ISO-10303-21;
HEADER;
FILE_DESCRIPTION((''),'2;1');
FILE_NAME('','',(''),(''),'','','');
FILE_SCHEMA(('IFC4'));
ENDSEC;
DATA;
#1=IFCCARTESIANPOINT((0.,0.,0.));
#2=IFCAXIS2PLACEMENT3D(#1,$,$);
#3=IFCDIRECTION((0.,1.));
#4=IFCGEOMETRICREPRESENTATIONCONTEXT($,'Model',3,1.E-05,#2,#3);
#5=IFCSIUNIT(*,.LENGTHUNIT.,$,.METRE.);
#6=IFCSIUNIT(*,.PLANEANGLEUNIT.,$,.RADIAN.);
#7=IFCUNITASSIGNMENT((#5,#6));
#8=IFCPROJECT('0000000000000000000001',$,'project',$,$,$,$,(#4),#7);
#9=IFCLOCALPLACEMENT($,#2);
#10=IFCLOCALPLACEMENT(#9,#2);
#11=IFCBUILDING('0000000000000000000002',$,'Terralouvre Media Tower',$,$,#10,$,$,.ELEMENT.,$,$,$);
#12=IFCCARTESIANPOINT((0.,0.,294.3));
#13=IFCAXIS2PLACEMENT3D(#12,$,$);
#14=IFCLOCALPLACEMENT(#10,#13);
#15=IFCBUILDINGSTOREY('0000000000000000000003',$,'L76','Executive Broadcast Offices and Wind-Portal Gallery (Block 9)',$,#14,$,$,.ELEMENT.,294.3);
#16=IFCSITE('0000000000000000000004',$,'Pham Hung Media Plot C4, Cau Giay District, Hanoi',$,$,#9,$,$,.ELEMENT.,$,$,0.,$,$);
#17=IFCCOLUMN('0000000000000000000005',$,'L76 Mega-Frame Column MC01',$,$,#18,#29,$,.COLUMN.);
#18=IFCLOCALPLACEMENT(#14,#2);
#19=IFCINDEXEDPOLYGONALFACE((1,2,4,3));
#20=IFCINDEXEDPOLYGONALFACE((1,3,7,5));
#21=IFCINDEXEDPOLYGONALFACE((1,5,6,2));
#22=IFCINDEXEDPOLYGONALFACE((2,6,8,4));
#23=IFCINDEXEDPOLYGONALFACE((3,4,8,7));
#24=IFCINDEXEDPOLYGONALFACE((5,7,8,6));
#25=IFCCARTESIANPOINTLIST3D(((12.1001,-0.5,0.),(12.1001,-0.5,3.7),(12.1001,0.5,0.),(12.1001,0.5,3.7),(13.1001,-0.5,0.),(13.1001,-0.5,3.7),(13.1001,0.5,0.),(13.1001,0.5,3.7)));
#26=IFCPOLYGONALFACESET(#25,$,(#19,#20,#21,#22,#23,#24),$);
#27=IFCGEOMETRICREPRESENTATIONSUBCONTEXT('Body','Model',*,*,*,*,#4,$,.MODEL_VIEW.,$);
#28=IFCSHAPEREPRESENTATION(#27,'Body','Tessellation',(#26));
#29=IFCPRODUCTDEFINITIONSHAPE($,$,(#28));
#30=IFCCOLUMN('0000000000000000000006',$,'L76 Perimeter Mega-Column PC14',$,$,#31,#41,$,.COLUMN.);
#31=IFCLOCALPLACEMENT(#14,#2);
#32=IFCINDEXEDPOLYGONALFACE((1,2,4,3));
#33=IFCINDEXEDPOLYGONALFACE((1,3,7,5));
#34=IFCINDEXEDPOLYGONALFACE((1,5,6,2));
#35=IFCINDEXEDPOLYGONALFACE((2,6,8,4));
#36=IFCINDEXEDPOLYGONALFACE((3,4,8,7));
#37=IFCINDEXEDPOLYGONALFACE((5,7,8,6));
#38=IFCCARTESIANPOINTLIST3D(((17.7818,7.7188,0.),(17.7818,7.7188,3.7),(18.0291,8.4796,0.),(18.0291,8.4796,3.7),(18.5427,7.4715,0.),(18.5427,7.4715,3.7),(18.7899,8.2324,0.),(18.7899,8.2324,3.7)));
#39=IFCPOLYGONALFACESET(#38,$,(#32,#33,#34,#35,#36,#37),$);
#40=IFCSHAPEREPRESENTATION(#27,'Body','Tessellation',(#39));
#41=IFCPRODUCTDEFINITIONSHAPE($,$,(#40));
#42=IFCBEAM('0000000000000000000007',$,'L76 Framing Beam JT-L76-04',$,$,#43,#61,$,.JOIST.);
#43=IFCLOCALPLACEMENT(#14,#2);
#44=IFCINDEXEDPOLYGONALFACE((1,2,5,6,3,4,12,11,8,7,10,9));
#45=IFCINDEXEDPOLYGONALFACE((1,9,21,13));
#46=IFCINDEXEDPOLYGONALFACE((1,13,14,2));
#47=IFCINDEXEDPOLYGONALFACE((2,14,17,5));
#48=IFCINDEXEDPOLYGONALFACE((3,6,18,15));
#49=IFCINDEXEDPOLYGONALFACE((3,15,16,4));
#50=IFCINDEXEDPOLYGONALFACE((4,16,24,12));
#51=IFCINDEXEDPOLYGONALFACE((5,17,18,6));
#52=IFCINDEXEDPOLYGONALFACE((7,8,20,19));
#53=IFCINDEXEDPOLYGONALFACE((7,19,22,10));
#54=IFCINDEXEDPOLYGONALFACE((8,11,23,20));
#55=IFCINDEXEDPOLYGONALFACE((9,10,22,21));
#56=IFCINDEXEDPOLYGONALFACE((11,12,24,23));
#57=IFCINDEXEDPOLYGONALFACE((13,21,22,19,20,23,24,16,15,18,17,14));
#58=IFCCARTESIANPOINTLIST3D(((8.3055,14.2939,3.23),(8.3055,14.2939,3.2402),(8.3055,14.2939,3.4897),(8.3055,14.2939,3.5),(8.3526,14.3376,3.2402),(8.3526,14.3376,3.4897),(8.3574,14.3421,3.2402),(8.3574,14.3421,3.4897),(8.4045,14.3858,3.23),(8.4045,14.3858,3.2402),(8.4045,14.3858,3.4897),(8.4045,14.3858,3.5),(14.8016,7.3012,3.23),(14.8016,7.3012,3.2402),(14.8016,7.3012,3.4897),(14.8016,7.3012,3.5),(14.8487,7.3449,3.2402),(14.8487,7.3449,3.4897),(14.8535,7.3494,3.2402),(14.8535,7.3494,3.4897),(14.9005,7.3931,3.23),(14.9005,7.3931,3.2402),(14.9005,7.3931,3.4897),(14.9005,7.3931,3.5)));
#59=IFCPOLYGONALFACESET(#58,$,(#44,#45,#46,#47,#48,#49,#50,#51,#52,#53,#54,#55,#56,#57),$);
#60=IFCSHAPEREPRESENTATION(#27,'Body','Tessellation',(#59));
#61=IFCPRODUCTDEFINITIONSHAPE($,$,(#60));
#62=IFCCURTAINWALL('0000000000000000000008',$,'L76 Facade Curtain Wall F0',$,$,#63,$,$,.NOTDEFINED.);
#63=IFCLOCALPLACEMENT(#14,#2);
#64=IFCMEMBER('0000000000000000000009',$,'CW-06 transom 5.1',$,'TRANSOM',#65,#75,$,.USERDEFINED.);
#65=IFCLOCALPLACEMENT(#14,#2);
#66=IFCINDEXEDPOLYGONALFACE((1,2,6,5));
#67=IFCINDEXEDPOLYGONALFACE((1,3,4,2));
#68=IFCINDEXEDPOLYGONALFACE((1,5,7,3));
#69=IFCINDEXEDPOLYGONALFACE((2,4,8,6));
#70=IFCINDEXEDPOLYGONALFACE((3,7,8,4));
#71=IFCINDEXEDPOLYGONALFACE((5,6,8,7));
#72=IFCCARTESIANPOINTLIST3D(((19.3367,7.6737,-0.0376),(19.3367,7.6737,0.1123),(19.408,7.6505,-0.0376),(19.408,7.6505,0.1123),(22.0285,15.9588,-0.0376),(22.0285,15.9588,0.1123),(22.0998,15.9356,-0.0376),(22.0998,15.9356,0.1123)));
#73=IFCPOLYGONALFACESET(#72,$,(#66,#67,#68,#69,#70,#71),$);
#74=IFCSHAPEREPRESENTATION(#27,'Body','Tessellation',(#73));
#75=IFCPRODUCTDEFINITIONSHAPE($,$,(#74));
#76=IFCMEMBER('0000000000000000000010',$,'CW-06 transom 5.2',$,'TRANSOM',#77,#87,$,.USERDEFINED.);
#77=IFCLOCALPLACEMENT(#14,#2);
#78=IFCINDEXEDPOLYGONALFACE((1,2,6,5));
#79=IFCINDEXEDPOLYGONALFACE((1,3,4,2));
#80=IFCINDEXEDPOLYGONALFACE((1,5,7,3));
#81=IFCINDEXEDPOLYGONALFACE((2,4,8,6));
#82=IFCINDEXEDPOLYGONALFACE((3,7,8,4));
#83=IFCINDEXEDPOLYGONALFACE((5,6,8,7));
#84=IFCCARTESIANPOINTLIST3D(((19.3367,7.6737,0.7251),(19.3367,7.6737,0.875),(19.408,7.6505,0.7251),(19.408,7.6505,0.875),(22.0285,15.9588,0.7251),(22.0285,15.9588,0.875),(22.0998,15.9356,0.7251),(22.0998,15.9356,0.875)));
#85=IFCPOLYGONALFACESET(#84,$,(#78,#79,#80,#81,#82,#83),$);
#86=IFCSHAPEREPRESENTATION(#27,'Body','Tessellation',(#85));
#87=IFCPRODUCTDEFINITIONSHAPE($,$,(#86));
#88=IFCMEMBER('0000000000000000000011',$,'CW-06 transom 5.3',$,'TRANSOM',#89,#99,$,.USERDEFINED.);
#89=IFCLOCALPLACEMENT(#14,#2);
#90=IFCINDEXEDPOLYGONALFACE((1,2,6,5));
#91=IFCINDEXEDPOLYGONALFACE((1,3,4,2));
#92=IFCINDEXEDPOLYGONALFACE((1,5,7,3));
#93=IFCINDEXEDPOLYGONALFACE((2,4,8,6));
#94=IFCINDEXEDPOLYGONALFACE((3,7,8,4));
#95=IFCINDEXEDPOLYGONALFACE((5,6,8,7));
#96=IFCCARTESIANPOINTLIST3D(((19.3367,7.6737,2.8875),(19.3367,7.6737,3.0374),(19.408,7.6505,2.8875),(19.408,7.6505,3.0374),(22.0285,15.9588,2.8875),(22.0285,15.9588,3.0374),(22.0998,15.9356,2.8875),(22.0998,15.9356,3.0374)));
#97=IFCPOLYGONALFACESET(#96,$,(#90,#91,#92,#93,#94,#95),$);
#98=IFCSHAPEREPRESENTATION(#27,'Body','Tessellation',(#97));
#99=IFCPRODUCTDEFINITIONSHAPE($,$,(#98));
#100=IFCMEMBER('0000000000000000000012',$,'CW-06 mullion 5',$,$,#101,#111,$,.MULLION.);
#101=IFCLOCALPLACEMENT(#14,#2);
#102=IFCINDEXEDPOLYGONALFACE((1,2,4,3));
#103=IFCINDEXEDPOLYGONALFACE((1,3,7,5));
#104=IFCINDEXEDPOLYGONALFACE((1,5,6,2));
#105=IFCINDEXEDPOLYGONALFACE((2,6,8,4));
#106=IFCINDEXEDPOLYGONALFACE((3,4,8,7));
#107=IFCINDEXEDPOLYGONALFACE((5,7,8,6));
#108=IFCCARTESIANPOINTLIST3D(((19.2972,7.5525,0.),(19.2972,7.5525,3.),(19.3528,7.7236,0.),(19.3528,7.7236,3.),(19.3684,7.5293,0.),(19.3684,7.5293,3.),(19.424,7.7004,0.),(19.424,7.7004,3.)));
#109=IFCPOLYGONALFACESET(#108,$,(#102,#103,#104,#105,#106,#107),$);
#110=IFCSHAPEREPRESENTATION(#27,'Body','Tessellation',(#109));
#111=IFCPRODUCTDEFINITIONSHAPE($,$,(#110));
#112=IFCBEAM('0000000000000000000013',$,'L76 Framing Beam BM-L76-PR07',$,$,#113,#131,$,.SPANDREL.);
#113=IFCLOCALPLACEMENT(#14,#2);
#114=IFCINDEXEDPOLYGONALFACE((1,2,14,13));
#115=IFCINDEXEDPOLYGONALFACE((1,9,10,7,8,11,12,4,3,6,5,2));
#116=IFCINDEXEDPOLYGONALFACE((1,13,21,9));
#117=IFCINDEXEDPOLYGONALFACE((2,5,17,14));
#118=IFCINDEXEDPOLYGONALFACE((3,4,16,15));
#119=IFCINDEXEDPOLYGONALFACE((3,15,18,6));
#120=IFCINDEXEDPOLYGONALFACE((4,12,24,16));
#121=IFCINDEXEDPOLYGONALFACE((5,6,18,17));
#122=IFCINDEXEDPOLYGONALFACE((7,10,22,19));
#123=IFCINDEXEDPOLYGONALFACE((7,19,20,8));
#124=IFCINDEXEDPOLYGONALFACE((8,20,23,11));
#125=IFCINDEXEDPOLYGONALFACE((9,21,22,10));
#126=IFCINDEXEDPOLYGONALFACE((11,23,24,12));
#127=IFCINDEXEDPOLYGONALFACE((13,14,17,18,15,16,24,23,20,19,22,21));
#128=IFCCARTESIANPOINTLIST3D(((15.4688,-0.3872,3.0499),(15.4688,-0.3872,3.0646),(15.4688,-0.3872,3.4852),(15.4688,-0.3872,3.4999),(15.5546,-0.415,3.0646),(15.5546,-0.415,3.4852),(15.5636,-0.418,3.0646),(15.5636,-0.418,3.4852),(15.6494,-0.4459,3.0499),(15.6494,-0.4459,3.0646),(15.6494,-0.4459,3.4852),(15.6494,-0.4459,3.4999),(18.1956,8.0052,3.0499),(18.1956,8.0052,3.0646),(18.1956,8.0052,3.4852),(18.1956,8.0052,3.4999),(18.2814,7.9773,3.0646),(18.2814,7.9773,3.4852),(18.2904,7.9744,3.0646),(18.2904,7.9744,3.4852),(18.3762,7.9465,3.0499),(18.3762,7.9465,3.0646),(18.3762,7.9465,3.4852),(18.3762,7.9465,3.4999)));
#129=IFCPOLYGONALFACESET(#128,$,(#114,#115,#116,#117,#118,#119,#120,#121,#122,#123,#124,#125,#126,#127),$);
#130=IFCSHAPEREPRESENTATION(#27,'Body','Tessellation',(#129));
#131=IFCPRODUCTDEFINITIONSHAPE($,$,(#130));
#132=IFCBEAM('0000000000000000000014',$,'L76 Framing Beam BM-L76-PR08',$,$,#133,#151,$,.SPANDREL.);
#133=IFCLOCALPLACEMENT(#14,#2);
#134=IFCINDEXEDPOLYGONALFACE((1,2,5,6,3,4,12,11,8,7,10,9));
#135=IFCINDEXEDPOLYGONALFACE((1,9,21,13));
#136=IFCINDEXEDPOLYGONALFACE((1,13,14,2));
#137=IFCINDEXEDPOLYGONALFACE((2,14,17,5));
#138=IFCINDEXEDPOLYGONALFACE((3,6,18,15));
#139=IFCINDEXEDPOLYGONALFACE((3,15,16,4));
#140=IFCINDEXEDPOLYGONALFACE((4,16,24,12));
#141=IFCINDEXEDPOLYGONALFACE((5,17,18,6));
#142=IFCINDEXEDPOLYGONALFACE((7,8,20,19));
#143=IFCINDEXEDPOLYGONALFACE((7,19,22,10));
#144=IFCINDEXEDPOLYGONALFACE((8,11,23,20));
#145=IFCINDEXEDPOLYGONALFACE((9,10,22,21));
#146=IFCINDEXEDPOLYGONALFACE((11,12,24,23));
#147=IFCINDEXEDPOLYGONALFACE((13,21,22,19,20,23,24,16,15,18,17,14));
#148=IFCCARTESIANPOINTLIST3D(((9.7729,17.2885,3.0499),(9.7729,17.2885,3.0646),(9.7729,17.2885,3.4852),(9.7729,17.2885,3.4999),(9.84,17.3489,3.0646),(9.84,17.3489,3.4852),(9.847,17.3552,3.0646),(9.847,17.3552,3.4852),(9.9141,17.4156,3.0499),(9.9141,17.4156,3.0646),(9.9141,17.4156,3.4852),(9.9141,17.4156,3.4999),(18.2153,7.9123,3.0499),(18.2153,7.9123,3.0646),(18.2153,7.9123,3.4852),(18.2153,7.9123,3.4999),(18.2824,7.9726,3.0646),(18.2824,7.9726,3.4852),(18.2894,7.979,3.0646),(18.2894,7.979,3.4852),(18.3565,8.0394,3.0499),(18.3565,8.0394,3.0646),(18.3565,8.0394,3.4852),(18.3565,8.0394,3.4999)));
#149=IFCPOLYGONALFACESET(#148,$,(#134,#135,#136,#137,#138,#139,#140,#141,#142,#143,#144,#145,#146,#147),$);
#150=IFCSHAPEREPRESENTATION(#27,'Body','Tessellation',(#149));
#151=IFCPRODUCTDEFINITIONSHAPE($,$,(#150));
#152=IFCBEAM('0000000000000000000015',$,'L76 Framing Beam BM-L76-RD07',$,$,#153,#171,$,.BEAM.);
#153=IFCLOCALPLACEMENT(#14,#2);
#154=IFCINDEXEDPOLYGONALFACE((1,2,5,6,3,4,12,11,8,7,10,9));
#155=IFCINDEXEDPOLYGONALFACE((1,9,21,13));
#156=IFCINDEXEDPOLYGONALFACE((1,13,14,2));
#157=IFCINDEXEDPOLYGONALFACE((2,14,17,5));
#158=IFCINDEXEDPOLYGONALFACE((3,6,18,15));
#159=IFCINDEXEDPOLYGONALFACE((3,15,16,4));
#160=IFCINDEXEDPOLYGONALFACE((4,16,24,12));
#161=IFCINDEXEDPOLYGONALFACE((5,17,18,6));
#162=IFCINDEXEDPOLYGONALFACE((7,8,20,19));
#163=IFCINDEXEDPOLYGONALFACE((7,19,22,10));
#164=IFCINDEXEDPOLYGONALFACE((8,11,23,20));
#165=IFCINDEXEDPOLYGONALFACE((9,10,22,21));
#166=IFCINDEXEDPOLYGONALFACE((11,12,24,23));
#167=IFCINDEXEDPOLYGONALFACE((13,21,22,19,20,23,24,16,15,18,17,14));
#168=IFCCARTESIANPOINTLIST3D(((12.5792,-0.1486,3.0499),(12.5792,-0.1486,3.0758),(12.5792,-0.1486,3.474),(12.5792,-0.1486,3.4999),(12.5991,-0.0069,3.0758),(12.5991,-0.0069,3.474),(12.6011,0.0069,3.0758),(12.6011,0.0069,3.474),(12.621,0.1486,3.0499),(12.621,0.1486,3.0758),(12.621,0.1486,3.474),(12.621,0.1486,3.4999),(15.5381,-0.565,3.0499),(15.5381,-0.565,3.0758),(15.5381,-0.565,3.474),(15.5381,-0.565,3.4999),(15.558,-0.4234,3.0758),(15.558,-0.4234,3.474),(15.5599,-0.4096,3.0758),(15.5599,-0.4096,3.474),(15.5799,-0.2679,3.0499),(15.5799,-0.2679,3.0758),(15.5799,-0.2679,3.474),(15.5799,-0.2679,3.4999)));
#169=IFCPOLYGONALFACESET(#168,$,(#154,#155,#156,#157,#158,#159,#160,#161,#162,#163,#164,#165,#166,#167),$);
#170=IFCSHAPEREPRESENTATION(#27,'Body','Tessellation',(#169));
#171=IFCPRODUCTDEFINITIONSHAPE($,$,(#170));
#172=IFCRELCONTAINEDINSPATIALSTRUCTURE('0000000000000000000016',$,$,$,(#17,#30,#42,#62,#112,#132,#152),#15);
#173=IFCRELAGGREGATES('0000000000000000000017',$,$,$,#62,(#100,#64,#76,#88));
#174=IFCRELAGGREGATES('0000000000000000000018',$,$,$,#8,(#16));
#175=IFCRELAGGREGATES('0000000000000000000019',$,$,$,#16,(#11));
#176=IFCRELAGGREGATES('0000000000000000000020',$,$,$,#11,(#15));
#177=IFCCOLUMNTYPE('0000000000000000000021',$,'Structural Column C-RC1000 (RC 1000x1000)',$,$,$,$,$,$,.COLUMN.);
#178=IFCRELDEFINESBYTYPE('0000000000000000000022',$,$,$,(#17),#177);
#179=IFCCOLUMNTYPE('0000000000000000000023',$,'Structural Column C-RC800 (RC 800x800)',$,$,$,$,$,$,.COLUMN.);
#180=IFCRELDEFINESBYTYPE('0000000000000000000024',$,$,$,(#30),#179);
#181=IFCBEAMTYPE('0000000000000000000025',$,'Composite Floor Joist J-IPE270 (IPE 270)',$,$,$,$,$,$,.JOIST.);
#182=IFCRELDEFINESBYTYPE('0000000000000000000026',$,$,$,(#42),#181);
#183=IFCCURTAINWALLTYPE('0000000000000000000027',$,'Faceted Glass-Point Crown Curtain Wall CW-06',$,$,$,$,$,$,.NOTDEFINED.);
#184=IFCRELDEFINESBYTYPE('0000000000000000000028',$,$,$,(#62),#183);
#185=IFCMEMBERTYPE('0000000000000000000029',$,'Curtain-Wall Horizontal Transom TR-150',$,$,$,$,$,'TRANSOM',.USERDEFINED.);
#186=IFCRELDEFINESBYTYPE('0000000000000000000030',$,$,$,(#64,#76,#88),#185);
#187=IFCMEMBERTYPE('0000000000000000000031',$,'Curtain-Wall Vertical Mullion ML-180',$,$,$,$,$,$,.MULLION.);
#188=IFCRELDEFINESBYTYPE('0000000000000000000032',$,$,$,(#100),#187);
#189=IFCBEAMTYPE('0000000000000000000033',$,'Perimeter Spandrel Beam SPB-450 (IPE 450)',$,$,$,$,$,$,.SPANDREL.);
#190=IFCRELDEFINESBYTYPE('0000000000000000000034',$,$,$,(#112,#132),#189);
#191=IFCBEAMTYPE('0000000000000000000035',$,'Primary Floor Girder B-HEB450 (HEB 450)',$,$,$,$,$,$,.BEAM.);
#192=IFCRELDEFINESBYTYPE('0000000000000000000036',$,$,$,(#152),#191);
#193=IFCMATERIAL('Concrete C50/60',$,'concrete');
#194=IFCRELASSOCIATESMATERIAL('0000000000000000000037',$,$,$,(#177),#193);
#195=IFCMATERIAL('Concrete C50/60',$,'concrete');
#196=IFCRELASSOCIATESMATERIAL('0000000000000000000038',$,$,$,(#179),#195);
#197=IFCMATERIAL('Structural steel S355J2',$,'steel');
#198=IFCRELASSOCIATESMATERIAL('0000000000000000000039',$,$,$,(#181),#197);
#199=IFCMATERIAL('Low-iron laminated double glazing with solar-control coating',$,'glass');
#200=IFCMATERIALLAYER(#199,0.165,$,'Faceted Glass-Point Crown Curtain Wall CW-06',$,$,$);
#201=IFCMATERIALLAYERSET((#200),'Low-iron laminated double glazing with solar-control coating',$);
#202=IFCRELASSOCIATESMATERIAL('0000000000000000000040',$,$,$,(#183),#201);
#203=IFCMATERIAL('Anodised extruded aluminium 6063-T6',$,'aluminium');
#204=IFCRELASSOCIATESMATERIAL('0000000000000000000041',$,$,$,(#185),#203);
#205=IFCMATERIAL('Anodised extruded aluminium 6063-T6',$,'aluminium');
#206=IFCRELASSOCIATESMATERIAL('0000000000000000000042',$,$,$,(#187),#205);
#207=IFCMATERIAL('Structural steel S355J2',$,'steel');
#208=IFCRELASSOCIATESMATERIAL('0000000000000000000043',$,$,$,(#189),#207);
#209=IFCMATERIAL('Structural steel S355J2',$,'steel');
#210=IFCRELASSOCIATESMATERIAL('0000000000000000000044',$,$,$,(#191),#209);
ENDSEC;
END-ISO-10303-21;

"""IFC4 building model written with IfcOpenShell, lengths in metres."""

from ifc_helpers import new_model, si_unit, direction, frame, origin, origin_2d, place, context, subcontext, project, spatial, rectangle, i_section, extrude, material, layer, layer_set, material_profile, profile_set, type_object, element, aggregate, save


model = new_model("IFC4")

# Units and contexts
model_context = context("Model", 3, precision=1e-05, world=origin(), true_north=direction((0.0, 1.0)))
body_context = subcontext(model_context, "Body", "Model", "MODEL_VIEW")
ifc_project = project(units=[si_unit("LENGTHUNIT", "METRE"), si_unit("PLANEANGLEUNIT", "RADIAN")], contexts=[model_context])

# Site, building, storey
site_placement = place(None, origin())
site = spatial("IfcSite", under=ifc_project, at=site_placement, Name="Pham Hung Media Plot C4, Cau Giay District, Hanoi", CompositionType="ELEMENT", RefElevation=0.0)
building_placement = place(site_placement, origin())
building = spatial("IfcBuilding", under=site, at=building_placement, Name="Terralouvre Media Tower", CompositionType="ELEMENT")
storey_placement = place(building_placement, frame((0.0, 0.0, 294.3)))
storey = spatial("IfcBuildingStorey", under=building, at=storey_placement, Name="L76", Description="Executive Broadcast Offices and Wind-Portal Gallery (Block 9)", CompositionType="ELEMENT", Elevation=294.3)

# Columns
ifc_material_1 = material(Name="Concrete C50/60", Category="concrete")
ifc_material_profile_1 = material_profile(ifc_material_1, rectangle(XDim=1.0, YDim=1.0, at=origin_2d()), Name="RC 1000x1000")
ifc_profile_set_1 = profile_set([ifc_material_profile_1], Name="Concrete C50/60")
column_type_1 = type_object("IfcColumnType", Name="Structural Column C-RC1000 (RC 1000x1000)", PredefinedType="COLUMN", material=ifc_profile_set_1)
column_1_placement = place(storey_placement, frame((12.6001, 0.0, 0.0), z_axis=(0.0, 0.0, 1.0), x_axis=(1.0, 0.0, 0.0)))
element("IfcColumn", 1, at=column_1_placement, inside=storey, type_object=column_type_1, Name="L76 Mega-Frame Column MC01", PredefinedType="COLUMN", context=body_context, shape_type="SweptSolid", body=[
    extrude(rectangle(XDim=1.0, YDim=1.0, at=origin_2d()), origin(), (0.0, 0.0, 1.0), 3.7),
])
ifc_material_2 = material(Name="Concrete C50/60", Category="concrete")
ifc_material_profile_2 = material_profile(ifc_material_2, rectangle(XDim=0.8, YDim=0.8, at=origin_2d()), Name="RC 800x800")
ifc_profile_set_2 = profile_set([ifc_material_profile_2], Name="Concrete C50/60")
column_type_2 = type_object("IfcColumnType", Name="Structural Column C-RC800 (RC 800x800)", PredefinedType="COLUMN", material=ifc_profile_set_2)
column_2_placement = place(storey_placement, frame((18.2859, 7.9756, 0.0), z_axis=(0.0, 0.0, 1.0), x_axis=(0.309017, 0.951057, 0.0)))
element("IfcColumn", 2, at=column_2_placement, inside=storey, type_object=column_type_2, Name="L76 Perimeter Mega-Column PC14", PredefinedType="COLUMN", context=body_context, shape_type="SweptSolid", body=[
    extrude(rectangle(XDim=0.8, YDim=0.8, at=origin_2d()), origin(), (0.0, 0.0, 1.0), 3.7),
])

# Beam
ifc_material_3 = material(Name="Structural steel S355J2", Category="steel")
ifc_material_profile_3 = material_profile(ifc_material_3, i_section(OverallWidth=0.135, OverallDepth=0.27, WebThickness=0.0066, FlangeThickness=0.0103, at=origin_2d()), Name="IPE 270")
ifc_profile_set_3 = profile_set([ifc_material_profile_3], Name="Structural steel S355J2")
beam_type_1 = type_object("IfcBeamType", Name="Composite Floor Joist J-IPE270 (IPE 270)", PredefinedType="JOIST", material=ifc_profile_set_3)
beam_1_placement = place(storey_placement, frame((14.8511, 7.3472, 3.365), z_axis=(-0.680614, 0.732642, 0.0), x_axis=(-0.732642, -0.680614, 0.0)))
element("IfcBeam", 3, at=beam_1_placement, inside=storey, type_object=beam_type_1, Name="L76 Framing Beam JT-L76-04", PredefinedType="JOIST", context=body_context, shape_type="SweptSolid", body=[
    extrude(i_section(OverallWidth=0.135, OverallDepth=0.27, WebThickness=0.0066, FlangeThickness=0.0103, at=origin_2d()), origin(), (0.0, 0.0, 1.0), 9.5444),
])

# Curtain wall, members
ifc_material_4 = material(Name="Low-iron laminated double glazing with solar-control coating", Category="glass")
ifc_layer_1 = layer(ifc_material_4, 0.165, Name="Faceted Glass-Point Crown Curtain Wall CW-06")
ifc_layer_set_1 = layer_set([ifc_layer_1], Name="Low-iron laminated double glazing with solar-control coating")
curtain_wall_type = type_object("IfcCurtainWallType", Name="Faceted Glass-Point Crown Curtain Wall CW-06", PredefinedType="NOTDEFINED", material=ifc_layer_set_1)
curtain_wall_placement = place(storey_placement, origin())
curtain_wall = element("IfcCurtainWall", 4, at=curtain_wall_placement, inside=storey, type_object=curtain_wall_type, Name="L76 Facade Curtain Wall F0", PredefinedType="NOTDEFINED")
ifc_material_5 = material(Name="Anodised extruded aluminium 6063-T6", Category="aluminium")
ifc_material_profile_4 = material_profile(ifc_material_5, rectangle(XDim=0.075, YDim=0.1499, at=origin_2d()), Name="ALU 75x150")
ifc_profile_set_4 = profile_set([ifc_material_profile_4], Name="Anodised extruded aluminium 6063-T6")
member_type_1 = type_object("IfcMemberType", Name="Curtain-Wall Horizontal Transom TR-150", ElementType="TRANSOM", PredefinedType="USERDEFINED", material=ifc_profile_set_4)
member_1_placement = place(storey_placement, frame((19.3723, 7.6621, 0.0374), z_axis=(0.309005, 0.95106, 0.0), x_axis=(-0.95106, 0.309005, 0.0)))
member_1 = element("IfcMember", 5, at=member_1_placement, type_object=member_type_1, Name="CW-06 transom 5.1", ObjectType="TRANSOM", PredefinedType="USERDEFINED", context=body_context, shape_type="SweptSolid", body=[
    extrude(rectangle(XDim=0.075, YDim=0.1499, at=origin_2d()), origin(), (0.0, 0.0, 1.0), 8.7114),
])
member_2_placement = place(storey_placement, frame((19.3723, 7.6621, 0.8), z_axis=(0.309005, 0.95106, 0.0), x_axis=(-0.95106, 0.309005, 0.0)))
member_2 = element("IfcMember", 6, at=member_2_placement, type_object=member_type_1, Name="CW-06 transom 5.2", ObjectType="TRANSOM", PredefinedType="USERDEFINED", context=body_context, shape_type="SweptSolid", body=[
    extrude(rectangle(XDim=0.075, YDim=0.1499, at=origin_2d()), origin(), (0.0, 0.0, 1.0), 8.7114),
])
member_3_placement = place(storey_placement, frame((19.3723, 7.6621, 2.9624), z_axis=(0.309005, 0.95106, 0.0), x_axis=(-0.95106, 0.309005, 0.0)))
member_3 = element("IfcMember", 7, at=member_3_placement, type_object=member_type_1, Name="CW-06 transom 5.3", ObjectType="TRANSOM", PredefinedType="USERDEFINED", context=body_context, shape_type="SweptSolid", body=[
    extrude(rectangle(XDim=0.075, YDim=0.1499, at=origin_2d()), origin(), (0.0, 0.0, 1.0), 8.7114),
])
ifc_material_6 = material(Name="Anodised extruded aluminium 6063-T6", Category="aluminium")
ifc_material_profile_5 = material_profile(ifc_material_6, rectangle(XDim=0.075, YDim=0.1799, at=origin_2d()), Name="ALU 75x180")
ifc_profile_set_5 = profile_set([ifc_material_profile_5], Name="Anodised extruded aluminium 6063-T6")
member_type_2 = type_object("IfcMemberType", Name="Curtain-Wall Vertical Mullion ML-180", PredefinedType="MULLION", material=ifc_profile_set_5)
member_4_placement = place(storey_placement, frame((19.3606, 7.6265, 0.0), z_axis=(0.0, 0.0, 1.0), x_axis=(-0.951057, 0.309017, 0.0)))
member_4 = element("IfcMember", 8, at=member_4_placement, type_object=member_type_2, Name="CW-06 mullion 5", PredefinedType="MULLION", context=body_context, shape_type="SweptSolid", body=[
    extrude(rectangle(XDim=0.075, YDim=0.1799, at=origin_2d()), origin(), (0.0, 0.0, 1.0), 3.0),
])

# Beams
ifc_material_7 = material(Name="Structural steel S355J2", Category="steel")
ifc_material_profile_6 = material_profile(ifc_material_7, i_section(OverallWidth=0.1899, OverallDepth=0.45, WebThickness=0.0095, FlangeThickness=0.0146, at=origin_2d()), Name="IPE 450")
ifc_profile_set_6 = profile_set([ifc_material_profile_6], Name="Structural steel S355J2")
beam_type_2 = type_object("IfcBeamType", Name="Perimeter Spandrel Beam SPB-450 (IPE 450)", PredefinedType="SPANDREL", material=ifc_profile_set_6)
beam_2_placement = place(storey_placement, frame((15.5591, -0.4165, 3.2749), z_axis=(0.309014, 0.951057, 0.0), x_axis=(-0.951057, 0.309014, 0.0)))
element("IfcBeam", 9, at=beam_2_placement, inside=storey, type_object=beam_type_2, Name="L76 Framing Beam BM-L76-PR07", PredefinedType="SPANDREL", context=body_context, shape_type="SweptSolid", body=[
    extrude(i_section(OverallWidth=0.1899, OverallDepth=0.45, WebThickness=0.0095, FlangeThickness=0.0146, at=origin_2d()), origin(), (0.0, 0.0, 1.0), 8.8242),
])
beam_3_placement = place(storey_placement, frame((18.2859, 7.9758, 3.2749), z_axis=(-0.66913, 0.743145, 0.0), x_axis=(-0.743145, -0.66913, 0.0)))
element("IfcBeam", 10, at=beam_3_placement, inside=storey, type_object=beam_type_2, Name="L76 Framing Beam BM-L76-PR08", PredefinedType="SPANDREL", context=body_context, shape_type="SweptSolid", body=[
    extrude(i_section(OverallWidth=0.1899, OverallDepth=0.45, WebThickness=0.0095, FlangeThickness=0.0146, at=origin_2d()), origin(), (0.0, 0.0, 1.0), 12.6169),
])
ifc_material_8 = material(Name="Structural steel S355J2", Category="steel")
ifc_material_profile_7 = material_profile(ifc_material_8, i_section(OverallWidth=0.3, OverallDepth=0.45, WebThickness=0.0139, FlangeThickness=0.0259, at=origin_2d()), Name="HEB 450")
ifc_profile_set_7 = profile_set([ifc_material_profile_7], Name="Structural steel S355J2")
beam_type_3 = type_object("IfcBeamType", Name="Primary Floor Girder B-HEB450 (HEB 450)", PredefinedType="BEAM", material=ifc_profile_set_7)
beam_4_placement = place(storey_placement, frame((12.6001, 0.0, 3.2749), z_axis=(0.990238, -0.139385, 0.0), x_axis=(0.139385, 0.990238, 0.0)))
element("IfcBeam", 11, at=beam_4_placement, inside=storey, type_object=beam_type_3, Name="L76 Framing Beam BM-L76-RD07", PredefinedType="BEAM", context=body_context, shape_type="SweptSolid", body=[
    extrude(i_section(OverallWidth=0.3, OverallDepth=0.45, WebThickness=0.0139, FlangeThickness=0.0259, at=origin_2d()), origin(), (0.0, 0.0, 1.0), 2.988),
])

aggregate(curtain_wall, [member_4, member_1, member_2, member_3])

save(model, "model.ifc")
